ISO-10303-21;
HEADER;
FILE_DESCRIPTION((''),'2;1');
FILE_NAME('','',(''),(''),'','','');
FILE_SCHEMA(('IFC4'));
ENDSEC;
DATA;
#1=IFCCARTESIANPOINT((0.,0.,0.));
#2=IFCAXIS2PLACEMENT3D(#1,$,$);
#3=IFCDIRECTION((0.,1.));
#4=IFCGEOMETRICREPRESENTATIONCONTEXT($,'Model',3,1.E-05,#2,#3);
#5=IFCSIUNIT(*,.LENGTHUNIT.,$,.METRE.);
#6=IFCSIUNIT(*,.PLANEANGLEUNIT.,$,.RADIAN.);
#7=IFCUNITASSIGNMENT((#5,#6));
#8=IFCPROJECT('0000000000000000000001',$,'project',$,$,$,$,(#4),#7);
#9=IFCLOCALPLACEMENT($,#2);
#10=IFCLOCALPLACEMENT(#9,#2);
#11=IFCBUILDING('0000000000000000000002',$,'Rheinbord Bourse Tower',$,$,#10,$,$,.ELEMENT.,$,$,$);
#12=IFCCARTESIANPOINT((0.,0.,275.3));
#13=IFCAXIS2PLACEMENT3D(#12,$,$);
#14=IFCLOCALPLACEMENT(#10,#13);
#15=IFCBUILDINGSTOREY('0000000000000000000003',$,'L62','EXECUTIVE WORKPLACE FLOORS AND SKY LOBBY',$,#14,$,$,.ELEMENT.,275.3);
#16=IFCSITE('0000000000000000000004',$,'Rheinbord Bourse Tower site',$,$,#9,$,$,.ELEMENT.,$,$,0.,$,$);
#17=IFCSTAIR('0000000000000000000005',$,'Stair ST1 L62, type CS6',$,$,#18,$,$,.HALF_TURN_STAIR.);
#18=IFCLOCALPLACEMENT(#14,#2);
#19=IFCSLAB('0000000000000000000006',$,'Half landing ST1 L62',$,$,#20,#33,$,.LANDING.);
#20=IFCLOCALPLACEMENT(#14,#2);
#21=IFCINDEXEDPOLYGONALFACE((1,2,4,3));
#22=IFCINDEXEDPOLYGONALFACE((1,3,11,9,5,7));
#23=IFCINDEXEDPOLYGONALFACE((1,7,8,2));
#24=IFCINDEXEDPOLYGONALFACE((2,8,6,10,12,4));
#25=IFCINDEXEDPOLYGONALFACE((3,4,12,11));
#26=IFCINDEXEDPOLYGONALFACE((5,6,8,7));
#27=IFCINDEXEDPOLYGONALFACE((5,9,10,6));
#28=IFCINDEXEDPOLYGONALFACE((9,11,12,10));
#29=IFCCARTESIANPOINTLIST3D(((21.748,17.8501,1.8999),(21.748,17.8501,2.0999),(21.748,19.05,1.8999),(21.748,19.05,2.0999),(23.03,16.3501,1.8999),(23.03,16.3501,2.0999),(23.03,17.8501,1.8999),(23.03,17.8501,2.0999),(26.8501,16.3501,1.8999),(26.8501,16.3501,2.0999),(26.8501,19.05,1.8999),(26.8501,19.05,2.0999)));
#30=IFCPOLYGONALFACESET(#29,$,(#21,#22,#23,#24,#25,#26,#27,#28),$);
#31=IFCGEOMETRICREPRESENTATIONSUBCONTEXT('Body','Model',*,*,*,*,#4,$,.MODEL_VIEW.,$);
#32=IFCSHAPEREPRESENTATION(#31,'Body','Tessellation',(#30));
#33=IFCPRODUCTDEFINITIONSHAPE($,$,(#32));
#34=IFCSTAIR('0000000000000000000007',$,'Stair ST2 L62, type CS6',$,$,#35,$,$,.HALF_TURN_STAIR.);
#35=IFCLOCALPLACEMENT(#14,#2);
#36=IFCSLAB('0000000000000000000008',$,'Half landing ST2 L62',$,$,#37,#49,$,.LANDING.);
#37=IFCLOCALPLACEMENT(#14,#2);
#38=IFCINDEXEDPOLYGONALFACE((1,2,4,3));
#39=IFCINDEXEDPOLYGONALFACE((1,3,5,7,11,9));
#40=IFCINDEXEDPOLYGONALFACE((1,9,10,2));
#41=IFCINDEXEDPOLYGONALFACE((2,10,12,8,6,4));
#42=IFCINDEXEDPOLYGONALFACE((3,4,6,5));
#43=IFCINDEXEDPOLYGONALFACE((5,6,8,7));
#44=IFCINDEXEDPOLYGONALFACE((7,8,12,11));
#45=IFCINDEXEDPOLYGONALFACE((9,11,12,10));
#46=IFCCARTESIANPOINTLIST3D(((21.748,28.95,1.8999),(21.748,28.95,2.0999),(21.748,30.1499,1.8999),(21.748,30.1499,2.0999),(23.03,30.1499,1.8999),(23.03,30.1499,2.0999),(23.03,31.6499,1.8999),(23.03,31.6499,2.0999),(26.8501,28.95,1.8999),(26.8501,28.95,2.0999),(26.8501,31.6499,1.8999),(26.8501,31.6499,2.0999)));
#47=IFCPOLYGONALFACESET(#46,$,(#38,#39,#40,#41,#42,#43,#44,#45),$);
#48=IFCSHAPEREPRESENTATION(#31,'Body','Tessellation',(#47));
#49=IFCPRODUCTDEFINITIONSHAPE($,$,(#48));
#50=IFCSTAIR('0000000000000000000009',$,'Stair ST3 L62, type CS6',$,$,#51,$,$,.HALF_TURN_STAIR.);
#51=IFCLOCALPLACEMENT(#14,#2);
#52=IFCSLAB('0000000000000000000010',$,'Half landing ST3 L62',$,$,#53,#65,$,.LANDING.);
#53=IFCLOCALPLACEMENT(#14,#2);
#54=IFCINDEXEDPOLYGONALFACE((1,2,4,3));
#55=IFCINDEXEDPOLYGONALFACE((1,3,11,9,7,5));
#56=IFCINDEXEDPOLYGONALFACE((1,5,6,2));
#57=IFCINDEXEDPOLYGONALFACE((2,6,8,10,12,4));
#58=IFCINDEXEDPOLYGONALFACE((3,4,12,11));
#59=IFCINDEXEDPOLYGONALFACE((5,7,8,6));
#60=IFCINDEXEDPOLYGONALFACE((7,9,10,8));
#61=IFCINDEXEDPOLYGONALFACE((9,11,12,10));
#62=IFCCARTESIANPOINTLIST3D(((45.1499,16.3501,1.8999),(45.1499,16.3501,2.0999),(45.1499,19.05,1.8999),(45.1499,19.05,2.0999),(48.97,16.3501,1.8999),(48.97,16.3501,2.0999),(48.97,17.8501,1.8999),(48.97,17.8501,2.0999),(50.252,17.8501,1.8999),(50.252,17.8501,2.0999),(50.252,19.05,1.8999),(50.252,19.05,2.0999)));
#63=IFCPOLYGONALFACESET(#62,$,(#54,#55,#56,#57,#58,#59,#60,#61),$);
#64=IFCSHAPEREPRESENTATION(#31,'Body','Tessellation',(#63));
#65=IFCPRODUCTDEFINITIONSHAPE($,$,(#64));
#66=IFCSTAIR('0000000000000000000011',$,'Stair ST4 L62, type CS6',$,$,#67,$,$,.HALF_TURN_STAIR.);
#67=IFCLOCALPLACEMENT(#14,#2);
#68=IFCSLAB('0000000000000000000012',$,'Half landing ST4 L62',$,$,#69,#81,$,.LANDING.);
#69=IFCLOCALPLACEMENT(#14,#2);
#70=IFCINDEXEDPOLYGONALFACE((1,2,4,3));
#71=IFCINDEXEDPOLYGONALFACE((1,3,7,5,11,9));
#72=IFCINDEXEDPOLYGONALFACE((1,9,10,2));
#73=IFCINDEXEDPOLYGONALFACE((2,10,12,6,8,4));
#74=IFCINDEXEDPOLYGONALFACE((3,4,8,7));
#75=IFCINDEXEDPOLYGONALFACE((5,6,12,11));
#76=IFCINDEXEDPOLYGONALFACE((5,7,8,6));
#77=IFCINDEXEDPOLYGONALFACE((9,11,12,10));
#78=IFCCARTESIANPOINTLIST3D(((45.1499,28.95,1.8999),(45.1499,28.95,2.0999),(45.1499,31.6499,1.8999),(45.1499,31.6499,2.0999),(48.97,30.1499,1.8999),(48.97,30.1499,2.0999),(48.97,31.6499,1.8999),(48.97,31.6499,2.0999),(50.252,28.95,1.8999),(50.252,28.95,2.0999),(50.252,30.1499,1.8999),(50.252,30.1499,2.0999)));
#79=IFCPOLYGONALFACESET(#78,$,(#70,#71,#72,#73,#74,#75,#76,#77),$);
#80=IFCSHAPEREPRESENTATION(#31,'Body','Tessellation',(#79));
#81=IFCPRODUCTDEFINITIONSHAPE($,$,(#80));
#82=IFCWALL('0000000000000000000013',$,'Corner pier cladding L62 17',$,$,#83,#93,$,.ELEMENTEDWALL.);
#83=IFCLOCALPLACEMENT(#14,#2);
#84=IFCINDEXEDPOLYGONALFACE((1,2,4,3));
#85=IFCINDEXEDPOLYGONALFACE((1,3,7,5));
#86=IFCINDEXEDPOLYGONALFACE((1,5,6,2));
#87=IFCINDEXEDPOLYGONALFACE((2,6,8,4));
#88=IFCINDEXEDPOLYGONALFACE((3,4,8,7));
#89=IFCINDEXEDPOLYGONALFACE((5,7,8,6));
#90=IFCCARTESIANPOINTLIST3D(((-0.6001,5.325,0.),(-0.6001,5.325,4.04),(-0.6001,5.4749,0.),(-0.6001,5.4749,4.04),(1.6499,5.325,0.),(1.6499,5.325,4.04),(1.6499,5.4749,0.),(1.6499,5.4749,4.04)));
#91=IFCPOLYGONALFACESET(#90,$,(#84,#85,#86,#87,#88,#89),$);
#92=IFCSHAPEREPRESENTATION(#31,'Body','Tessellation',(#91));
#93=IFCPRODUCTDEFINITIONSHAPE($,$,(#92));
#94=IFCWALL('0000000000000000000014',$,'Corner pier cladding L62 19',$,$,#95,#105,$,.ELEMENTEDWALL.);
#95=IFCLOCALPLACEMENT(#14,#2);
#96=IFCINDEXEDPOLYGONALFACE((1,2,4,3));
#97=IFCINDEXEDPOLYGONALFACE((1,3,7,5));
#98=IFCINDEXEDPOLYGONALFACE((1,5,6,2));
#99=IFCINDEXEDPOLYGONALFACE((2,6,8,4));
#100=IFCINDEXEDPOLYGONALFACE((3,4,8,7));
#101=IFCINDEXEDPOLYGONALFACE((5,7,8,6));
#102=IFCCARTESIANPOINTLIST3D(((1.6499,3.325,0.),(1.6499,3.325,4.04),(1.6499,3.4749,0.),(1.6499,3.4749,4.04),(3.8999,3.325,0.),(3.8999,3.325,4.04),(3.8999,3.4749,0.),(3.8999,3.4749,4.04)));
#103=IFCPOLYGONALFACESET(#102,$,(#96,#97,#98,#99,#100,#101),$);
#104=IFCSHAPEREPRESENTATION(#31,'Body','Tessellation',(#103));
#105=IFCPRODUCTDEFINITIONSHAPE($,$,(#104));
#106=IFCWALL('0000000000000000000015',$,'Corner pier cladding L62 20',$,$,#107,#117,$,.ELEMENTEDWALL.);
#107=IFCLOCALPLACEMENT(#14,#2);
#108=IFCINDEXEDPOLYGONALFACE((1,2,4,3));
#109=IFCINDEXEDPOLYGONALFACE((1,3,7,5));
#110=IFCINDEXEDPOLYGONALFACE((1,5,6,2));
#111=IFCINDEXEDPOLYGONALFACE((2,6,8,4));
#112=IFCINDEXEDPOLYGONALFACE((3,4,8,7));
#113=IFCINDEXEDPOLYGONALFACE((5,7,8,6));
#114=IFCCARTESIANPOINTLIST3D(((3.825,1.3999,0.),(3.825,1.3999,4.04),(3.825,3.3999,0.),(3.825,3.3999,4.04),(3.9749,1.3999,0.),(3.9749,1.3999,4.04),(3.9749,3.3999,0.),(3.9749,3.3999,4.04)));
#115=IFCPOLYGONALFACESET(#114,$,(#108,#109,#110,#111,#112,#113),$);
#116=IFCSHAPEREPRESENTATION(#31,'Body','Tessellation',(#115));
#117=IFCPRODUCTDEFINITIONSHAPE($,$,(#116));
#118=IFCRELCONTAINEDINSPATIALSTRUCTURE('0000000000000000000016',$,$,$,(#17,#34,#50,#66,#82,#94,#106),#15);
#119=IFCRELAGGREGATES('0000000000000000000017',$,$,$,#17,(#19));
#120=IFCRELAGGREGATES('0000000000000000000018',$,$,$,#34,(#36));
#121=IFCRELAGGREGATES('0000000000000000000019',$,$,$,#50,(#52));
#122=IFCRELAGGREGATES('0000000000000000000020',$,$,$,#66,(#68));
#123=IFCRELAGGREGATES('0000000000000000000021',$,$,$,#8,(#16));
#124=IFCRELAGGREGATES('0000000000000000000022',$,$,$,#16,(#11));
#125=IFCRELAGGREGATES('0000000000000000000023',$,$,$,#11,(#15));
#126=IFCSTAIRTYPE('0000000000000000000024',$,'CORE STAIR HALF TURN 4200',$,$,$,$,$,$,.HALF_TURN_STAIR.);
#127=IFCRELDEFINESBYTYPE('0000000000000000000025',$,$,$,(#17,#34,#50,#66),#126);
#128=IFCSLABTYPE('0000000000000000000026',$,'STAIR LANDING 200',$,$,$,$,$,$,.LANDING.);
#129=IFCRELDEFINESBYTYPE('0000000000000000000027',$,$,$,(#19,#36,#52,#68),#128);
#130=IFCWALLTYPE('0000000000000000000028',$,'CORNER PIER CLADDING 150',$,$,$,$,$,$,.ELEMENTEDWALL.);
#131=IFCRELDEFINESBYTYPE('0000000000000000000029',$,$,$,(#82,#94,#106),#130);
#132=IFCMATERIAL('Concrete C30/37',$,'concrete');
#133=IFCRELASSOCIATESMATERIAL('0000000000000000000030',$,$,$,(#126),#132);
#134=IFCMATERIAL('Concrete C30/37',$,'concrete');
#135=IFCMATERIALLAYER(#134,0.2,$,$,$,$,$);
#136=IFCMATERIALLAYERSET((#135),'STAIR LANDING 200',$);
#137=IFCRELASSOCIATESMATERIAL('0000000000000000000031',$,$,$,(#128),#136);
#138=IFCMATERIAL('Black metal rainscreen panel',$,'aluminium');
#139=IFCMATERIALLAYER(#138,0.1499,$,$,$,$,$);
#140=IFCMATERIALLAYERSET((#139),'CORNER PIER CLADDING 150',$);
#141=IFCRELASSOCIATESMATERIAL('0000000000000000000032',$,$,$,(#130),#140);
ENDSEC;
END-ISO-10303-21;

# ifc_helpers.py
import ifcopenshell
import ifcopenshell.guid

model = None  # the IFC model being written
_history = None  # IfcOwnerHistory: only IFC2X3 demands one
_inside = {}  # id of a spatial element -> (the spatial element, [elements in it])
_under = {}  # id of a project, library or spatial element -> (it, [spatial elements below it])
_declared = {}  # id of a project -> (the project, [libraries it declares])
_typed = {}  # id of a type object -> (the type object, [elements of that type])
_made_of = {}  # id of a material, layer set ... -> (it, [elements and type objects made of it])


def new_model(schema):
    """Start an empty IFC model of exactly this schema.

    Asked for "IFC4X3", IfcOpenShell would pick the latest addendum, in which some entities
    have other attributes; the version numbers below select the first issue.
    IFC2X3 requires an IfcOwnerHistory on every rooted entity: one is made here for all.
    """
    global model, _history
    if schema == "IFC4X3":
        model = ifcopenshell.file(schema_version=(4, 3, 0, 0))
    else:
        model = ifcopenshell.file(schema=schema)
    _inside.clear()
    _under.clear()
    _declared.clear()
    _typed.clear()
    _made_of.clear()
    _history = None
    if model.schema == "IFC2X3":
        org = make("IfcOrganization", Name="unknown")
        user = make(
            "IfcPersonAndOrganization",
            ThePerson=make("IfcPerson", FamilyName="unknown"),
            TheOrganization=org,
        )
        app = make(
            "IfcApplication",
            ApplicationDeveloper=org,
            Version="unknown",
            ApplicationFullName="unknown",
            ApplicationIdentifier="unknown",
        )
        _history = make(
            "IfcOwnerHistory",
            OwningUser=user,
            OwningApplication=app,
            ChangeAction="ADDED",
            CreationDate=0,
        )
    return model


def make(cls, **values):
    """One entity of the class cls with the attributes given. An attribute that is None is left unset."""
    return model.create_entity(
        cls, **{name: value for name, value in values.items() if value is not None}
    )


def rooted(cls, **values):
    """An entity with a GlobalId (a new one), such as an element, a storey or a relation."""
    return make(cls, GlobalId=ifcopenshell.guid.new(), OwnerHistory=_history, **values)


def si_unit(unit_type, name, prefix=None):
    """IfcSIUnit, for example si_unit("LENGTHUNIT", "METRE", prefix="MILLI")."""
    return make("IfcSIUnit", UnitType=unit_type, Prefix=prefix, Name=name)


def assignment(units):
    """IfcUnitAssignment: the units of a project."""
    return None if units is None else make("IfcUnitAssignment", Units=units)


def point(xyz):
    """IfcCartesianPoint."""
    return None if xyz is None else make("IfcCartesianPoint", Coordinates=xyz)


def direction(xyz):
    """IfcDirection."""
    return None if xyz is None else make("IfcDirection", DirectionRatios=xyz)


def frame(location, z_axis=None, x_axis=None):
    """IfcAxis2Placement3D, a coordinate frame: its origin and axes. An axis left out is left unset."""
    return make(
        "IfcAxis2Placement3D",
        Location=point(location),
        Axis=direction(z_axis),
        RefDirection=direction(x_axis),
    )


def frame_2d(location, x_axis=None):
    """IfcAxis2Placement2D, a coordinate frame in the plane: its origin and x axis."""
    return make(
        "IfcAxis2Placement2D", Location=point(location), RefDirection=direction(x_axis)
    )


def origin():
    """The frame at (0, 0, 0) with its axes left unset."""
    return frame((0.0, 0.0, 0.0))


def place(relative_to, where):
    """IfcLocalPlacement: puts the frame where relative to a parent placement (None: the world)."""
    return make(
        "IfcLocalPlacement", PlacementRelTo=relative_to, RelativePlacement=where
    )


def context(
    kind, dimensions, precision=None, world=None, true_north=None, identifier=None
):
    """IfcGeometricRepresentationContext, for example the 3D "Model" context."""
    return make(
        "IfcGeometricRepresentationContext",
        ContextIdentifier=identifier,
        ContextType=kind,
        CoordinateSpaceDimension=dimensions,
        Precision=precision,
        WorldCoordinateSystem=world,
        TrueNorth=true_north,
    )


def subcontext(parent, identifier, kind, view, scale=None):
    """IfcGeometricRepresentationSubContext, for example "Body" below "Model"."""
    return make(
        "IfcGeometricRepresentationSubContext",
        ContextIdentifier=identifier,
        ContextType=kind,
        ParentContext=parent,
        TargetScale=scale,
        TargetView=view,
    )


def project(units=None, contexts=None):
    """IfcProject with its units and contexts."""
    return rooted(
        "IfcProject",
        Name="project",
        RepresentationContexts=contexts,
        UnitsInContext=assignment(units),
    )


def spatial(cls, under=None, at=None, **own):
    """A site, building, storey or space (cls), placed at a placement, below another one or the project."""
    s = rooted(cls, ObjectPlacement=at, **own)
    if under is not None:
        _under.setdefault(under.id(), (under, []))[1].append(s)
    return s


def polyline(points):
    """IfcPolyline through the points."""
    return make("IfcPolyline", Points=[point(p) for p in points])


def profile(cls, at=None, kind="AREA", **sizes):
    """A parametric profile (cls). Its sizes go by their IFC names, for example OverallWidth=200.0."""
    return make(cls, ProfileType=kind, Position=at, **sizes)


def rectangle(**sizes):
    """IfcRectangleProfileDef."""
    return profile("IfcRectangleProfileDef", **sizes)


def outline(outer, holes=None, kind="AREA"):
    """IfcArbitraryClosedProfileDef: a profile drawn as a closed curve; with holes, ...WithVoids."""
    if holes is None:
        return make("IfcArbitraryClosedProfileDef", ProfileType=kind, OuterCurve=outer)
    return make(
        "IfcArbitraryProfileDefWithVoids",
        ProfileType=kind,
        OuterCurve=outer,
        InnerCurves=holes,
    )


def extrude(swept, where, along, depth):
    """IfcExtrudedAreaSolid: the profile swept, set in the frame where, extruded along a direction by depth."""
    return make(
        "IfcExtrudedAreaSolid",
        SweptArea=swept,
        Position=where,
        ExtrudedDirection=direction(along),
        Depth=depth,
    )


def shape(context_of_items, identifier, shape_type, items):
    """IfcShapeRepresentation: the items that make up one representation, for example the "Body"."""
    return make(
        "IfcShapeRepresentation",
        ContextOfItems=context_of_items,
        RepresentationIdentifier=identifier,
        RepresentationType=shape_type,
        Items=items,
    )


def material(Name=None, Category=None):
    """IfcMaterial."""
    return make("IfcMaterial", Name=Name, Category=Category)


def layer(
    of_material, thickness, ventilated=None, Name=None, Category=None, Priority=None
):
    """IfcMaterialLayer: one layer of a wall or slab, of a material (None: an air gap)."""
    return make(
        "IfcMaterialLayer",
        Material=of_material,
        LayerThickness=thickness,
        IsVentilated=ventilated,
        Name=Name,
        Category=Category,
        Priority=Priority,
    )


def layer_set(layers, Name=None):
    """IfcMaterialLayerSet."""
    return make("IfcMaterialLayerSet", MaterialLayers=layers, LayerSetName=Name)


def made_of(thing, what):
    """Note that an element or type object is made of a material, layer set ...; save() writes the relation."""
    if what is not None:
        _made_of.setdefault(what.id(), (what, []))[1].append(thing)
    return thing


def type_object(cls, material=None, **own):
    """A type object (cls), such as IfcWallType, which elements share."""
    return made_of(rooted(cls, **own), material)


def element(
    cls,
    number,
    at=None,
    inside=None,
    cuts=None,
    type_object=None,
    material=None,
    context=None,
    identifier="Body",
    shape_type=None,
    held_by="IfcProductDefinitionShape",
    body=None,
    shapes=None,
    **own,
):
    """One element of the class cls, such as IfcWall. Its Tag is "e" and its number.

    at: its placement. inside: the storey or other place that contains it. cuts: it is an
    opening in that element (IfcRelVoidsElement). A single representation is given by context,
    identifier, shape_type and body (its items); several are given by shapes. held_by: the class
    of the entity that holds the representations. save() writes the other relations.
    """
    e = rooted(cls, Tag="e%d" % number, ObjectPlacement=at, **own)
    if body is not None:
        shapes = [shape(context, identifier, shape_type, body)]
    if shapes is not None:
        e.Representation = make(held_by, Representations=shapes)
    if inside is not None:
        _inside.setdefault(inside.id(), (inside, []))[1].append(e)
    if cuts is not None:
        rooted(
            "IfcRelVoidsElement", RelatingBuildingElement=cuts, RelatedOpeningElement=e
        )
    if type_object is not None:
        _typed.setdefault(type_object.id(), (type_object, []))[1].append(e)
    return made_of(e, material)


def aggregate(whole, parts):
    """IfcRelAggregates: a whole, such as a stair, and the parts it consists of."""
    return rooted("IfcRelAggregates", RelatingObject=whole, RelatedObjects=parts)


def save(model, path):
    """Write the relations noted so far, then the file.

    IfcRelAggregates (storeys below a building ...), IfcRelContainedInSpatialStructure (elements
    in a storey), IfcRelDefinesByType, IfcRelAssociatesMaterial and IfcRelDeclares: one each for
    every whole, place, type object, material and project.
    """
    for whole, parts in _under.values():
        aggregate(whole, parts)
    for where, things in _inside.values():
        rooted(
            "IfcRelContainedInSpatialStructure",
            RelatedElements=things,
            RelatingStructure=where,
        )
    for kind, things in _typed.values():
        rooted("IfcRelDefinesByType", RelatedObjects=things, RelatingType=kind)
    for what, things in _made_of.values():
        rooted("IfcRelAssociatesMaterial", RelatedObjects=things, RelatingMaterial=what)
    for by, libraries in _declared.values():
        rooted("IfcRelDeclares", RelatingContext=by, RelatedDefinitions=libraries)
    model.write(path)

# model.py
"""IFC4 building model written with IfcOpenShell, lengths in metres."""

from ifc_helpers import new_model, si_unit, direction, frame, frame_2d, origin, place, context, subcontext, project, spatial, polyline, rectangle, outline, extrude, material, layer, layer_set, type_object, element, aggregate, save


model = new_model("IFC4")

# Units and contexts
model_context = context("Model", 3, precision=1e-05, world=origin(), true_north=direction((0.0, 1.0)))
body_context = subcontext(model_context, "Body", "Model", "MODEL_VIEW")
ifc_project = project(units=[si_unit("LENGTHUNIT", "METRE"), si_unit("PLANEANGLEUNIT", "RADIAN")], contexts=[model_context])

# Site, building, storey
site_placement = place(None, origin())
site = spatial("IfcSite", under=ifc_project, at=site_placement, Name="Rheinbord Bourse Tower site", CompositionType="ELEMENT", RefElevation=0.0)
building_placement = place(site_placement, origin())
building = spatial("IfcBuilding", under=site, at=building_placement, Name="Rheinbord Bourse Tower", CompositionType="ELEMENT")
storey_placement = place(building_placement, frame((0.0, 0.0, 275.3)))
storey = spatial("IfcBuildingStorey", under=building, at=storey_placement, Name="L62", Description="EXECUTIVE WORKPLACE FLOORS AND SKY LOBBY", CompositionType="ELEMENT", Elevation=275.3)

# Stairs, slabs
ifc_material_1 = material(Name="Concrete C30/37", Category="concrete")
stair_type = type_object("IfcStairType", Name="CORE STAIR HALF TURN 4200", PredefinedType="HALF_TURN_STAIR", material=ifc_material_1)
stair_1_placement = place(storey_placement, origin())
stair_1 = element("IfcStair", 1, at=stair_1_placement, inside=storey, type_object=stair_type, Name="Stair ST1 L62, type CS6", PredefinedType="HALF_TURN_STAIR")
ifc_material_2 = material(Name="Concrete C30/37", Category="concrete")
ifc_layer_1 = layer(ifc_material_2, 0.2)
ifc_layer_set_1 = layer_set([ifc_layer_1], Name="STAIR LANDING 200")
slab_type_1 = type_object("IfcSlabType", Name="STAIR LANDING 200", PredefinedType="LANDING", material=ifc_layer_set_1)
slab_1_placement = place(storey_placement, frame((0.0, 0.0, 1.8999)))
slab_1 = element("IfcSlab", 2, at=slab_1_placement, type_object=slab_type_1, Name="Half landing ST1 L62", PredefinedType="LANDING", context=body_context, shape_type="SweptSolid", body=[
    extrude(outline(polyline([(23.03, 16.3501), (26.8501, 16.3501), (26.8501, 19.05), (21.748, 19.05), (21.748, 17.8501), (23.03, 17.8501), (23.03, 16.3501)])), origin(), (0.0, 0.0, 1.0), 0.2),
])
aggregate(stair_1, [slab_1])
stair_2_placement = place(storey_placement, origin())
stair_2 = element("IfcStair", 3, at=stair_2_placement, inside=storey, type_object=stair_type, Name="Stair ST2 L62, type CS6", PredefinedType="HALF_TURN_STAIR")
slab_2_placement = place(storey_placement, frame((0.0, 0.0, 1.8999)))
slab_2 = element("IfcSlab", 4, at=slab_2_placement, type_object=slab_type_1, Name="Half landing ST2 L62", PredefinedType="LANDING", context=body_context, shape_type="SweptSolid", body=[
    extrude(outline(polyline([(21.748, 28.95), (26.8501, 28.95), (26.8501, 31.6499), (23.03, 31.6499), (23.03, 30.1499), (21.748, 30.1499), (21.748, 28.95)])), origin(), (0.0, 0.0, 1.0), 0.2),
])
aggregate(stair_2, [slab_2])
stair_3_placement = place(storey_placement, origin())
stair_3 = element("IfcStair", 5, at=stair_3_placement, inside=storey, type_object=stair_type, Name="Stair ST3 L62, type CS6", PredefinedType="HALF_TURN_STAIR")
slab_3_placement = place(storey_placement, frame((0.0, 0.0, 1.8999)))
slab_3 = element("IfcSlab", 6, at=slab_3_placement, type_object=slab_type_1, Name="Half landing ST3 L62", PredefinedType="LANDING", context=body_context, shape_type="SweptSolid", body=[
    extrude(outline(polyline([(45.1499, 16.3501), (48.97, 16.3501), (48.97, 17.8501), (50.252, 17.8501), (50.252, 19.05), (45.1499, 19.05), (45.1499, 16.3501)])), origin(), (0.0, 0.0, 1.0), 0.2),
])
aggregate(stair_3, [slab_3])
stair_4_placement = place(storey_placement, origin())
stair_4 = element("IfcStair", 7, at=stair_4_placement, inside=storey, type_object=stair_type, Name="Stair ST4 L62, type CS6", PredefinedType="HALF_TURN_STAIR")
slab_4_placement = place(storey_placement, frame((0.0, 0.0, 1.8999)))
slab_4 = element("IfcSlab", 8, at=slab_4_placement, type_object=slab_type_1, Name="Half landing ST4 L62", PredefinedType="LANDING", context=body_context, shape_type="SweptSolid", body=[
    extrude(outline(polyline([(45.1499, 28.95), (50.252, 28.95), (50.252, 30.1499), (48.97, 30.1499), (48.97, 31.6499), (45.1499, 31.6499), (45.1499, 28.95)])), origin(), (0.0, 0.0, 1.0), 0.2),
])
aggregate(stair_4, [slab_4])

# Walls
ifc_material_3 = material(Name="Black metal rainscreen panel", Category="aluminium")
ifc_layer_2 = layer(ifc_material_3, 0.1499)
ifc_layer_set_2 = layer_set([ifc_layer_2], Name="CORNER PIER CLADDING 150")
wall_type = type_object("IfcWallType", Name="CORNER PIER CLADDING 150", PredefinedType="ELEMENTEDWALL", material=ifc_layer_set_2)
for number, where, z_axis, x_axis, name in (
    (9, (-0.6001, 5.3999, 0.0), (0.0, 0.0, 1.0), (1.0, 0.0, 0.0), "Corner pier cladding L62 17"),
    (10, (1.6499, 3.3999, 0.0), (0.0, 0.0, 1.0), (1.0, 0.0, 0.0), "Corner pier cladding L62 19"),
):
    element("IfcWall", number, at=place(storey_placement, frame(where, z_axis=z_axis, x_axis=x_axis)), inside=storey, type_object=wall_type, Name=name, PredefinedType="ELEMENTEDWALL", context=body_context, shape_type="SweptSolid", body=[
        extrude(rectangle(XDim=2.25, YDim=0.1499, at=frame_2d((1.125, 0.0))), origin(), (0.0, 0.0, 1.0), 4.04),
    ])
wall_placement = place(storey_placement, frame((3.8999, 3.3999, 0.0), z_axis=(0.0, 0.0, 1.0), x_axis=(0.0, -1.0, 0.0)))
element("IfcWall", 11, at=wall_placement, inside=storey, type_object=wall_type, Name="Corner pier cladding L62 20", PredefinedType="ELEMENTEDWALL", context=body_context, shape_type="SweptSolid", body=[
    extrude(rectangle(XDim=2.0, YDim=0.1499, at=frame_2d((1.0, 0.0))), origin(), (0.0, 0.0, 1.0), 4.04),
])

save(model, "model.ifc")
